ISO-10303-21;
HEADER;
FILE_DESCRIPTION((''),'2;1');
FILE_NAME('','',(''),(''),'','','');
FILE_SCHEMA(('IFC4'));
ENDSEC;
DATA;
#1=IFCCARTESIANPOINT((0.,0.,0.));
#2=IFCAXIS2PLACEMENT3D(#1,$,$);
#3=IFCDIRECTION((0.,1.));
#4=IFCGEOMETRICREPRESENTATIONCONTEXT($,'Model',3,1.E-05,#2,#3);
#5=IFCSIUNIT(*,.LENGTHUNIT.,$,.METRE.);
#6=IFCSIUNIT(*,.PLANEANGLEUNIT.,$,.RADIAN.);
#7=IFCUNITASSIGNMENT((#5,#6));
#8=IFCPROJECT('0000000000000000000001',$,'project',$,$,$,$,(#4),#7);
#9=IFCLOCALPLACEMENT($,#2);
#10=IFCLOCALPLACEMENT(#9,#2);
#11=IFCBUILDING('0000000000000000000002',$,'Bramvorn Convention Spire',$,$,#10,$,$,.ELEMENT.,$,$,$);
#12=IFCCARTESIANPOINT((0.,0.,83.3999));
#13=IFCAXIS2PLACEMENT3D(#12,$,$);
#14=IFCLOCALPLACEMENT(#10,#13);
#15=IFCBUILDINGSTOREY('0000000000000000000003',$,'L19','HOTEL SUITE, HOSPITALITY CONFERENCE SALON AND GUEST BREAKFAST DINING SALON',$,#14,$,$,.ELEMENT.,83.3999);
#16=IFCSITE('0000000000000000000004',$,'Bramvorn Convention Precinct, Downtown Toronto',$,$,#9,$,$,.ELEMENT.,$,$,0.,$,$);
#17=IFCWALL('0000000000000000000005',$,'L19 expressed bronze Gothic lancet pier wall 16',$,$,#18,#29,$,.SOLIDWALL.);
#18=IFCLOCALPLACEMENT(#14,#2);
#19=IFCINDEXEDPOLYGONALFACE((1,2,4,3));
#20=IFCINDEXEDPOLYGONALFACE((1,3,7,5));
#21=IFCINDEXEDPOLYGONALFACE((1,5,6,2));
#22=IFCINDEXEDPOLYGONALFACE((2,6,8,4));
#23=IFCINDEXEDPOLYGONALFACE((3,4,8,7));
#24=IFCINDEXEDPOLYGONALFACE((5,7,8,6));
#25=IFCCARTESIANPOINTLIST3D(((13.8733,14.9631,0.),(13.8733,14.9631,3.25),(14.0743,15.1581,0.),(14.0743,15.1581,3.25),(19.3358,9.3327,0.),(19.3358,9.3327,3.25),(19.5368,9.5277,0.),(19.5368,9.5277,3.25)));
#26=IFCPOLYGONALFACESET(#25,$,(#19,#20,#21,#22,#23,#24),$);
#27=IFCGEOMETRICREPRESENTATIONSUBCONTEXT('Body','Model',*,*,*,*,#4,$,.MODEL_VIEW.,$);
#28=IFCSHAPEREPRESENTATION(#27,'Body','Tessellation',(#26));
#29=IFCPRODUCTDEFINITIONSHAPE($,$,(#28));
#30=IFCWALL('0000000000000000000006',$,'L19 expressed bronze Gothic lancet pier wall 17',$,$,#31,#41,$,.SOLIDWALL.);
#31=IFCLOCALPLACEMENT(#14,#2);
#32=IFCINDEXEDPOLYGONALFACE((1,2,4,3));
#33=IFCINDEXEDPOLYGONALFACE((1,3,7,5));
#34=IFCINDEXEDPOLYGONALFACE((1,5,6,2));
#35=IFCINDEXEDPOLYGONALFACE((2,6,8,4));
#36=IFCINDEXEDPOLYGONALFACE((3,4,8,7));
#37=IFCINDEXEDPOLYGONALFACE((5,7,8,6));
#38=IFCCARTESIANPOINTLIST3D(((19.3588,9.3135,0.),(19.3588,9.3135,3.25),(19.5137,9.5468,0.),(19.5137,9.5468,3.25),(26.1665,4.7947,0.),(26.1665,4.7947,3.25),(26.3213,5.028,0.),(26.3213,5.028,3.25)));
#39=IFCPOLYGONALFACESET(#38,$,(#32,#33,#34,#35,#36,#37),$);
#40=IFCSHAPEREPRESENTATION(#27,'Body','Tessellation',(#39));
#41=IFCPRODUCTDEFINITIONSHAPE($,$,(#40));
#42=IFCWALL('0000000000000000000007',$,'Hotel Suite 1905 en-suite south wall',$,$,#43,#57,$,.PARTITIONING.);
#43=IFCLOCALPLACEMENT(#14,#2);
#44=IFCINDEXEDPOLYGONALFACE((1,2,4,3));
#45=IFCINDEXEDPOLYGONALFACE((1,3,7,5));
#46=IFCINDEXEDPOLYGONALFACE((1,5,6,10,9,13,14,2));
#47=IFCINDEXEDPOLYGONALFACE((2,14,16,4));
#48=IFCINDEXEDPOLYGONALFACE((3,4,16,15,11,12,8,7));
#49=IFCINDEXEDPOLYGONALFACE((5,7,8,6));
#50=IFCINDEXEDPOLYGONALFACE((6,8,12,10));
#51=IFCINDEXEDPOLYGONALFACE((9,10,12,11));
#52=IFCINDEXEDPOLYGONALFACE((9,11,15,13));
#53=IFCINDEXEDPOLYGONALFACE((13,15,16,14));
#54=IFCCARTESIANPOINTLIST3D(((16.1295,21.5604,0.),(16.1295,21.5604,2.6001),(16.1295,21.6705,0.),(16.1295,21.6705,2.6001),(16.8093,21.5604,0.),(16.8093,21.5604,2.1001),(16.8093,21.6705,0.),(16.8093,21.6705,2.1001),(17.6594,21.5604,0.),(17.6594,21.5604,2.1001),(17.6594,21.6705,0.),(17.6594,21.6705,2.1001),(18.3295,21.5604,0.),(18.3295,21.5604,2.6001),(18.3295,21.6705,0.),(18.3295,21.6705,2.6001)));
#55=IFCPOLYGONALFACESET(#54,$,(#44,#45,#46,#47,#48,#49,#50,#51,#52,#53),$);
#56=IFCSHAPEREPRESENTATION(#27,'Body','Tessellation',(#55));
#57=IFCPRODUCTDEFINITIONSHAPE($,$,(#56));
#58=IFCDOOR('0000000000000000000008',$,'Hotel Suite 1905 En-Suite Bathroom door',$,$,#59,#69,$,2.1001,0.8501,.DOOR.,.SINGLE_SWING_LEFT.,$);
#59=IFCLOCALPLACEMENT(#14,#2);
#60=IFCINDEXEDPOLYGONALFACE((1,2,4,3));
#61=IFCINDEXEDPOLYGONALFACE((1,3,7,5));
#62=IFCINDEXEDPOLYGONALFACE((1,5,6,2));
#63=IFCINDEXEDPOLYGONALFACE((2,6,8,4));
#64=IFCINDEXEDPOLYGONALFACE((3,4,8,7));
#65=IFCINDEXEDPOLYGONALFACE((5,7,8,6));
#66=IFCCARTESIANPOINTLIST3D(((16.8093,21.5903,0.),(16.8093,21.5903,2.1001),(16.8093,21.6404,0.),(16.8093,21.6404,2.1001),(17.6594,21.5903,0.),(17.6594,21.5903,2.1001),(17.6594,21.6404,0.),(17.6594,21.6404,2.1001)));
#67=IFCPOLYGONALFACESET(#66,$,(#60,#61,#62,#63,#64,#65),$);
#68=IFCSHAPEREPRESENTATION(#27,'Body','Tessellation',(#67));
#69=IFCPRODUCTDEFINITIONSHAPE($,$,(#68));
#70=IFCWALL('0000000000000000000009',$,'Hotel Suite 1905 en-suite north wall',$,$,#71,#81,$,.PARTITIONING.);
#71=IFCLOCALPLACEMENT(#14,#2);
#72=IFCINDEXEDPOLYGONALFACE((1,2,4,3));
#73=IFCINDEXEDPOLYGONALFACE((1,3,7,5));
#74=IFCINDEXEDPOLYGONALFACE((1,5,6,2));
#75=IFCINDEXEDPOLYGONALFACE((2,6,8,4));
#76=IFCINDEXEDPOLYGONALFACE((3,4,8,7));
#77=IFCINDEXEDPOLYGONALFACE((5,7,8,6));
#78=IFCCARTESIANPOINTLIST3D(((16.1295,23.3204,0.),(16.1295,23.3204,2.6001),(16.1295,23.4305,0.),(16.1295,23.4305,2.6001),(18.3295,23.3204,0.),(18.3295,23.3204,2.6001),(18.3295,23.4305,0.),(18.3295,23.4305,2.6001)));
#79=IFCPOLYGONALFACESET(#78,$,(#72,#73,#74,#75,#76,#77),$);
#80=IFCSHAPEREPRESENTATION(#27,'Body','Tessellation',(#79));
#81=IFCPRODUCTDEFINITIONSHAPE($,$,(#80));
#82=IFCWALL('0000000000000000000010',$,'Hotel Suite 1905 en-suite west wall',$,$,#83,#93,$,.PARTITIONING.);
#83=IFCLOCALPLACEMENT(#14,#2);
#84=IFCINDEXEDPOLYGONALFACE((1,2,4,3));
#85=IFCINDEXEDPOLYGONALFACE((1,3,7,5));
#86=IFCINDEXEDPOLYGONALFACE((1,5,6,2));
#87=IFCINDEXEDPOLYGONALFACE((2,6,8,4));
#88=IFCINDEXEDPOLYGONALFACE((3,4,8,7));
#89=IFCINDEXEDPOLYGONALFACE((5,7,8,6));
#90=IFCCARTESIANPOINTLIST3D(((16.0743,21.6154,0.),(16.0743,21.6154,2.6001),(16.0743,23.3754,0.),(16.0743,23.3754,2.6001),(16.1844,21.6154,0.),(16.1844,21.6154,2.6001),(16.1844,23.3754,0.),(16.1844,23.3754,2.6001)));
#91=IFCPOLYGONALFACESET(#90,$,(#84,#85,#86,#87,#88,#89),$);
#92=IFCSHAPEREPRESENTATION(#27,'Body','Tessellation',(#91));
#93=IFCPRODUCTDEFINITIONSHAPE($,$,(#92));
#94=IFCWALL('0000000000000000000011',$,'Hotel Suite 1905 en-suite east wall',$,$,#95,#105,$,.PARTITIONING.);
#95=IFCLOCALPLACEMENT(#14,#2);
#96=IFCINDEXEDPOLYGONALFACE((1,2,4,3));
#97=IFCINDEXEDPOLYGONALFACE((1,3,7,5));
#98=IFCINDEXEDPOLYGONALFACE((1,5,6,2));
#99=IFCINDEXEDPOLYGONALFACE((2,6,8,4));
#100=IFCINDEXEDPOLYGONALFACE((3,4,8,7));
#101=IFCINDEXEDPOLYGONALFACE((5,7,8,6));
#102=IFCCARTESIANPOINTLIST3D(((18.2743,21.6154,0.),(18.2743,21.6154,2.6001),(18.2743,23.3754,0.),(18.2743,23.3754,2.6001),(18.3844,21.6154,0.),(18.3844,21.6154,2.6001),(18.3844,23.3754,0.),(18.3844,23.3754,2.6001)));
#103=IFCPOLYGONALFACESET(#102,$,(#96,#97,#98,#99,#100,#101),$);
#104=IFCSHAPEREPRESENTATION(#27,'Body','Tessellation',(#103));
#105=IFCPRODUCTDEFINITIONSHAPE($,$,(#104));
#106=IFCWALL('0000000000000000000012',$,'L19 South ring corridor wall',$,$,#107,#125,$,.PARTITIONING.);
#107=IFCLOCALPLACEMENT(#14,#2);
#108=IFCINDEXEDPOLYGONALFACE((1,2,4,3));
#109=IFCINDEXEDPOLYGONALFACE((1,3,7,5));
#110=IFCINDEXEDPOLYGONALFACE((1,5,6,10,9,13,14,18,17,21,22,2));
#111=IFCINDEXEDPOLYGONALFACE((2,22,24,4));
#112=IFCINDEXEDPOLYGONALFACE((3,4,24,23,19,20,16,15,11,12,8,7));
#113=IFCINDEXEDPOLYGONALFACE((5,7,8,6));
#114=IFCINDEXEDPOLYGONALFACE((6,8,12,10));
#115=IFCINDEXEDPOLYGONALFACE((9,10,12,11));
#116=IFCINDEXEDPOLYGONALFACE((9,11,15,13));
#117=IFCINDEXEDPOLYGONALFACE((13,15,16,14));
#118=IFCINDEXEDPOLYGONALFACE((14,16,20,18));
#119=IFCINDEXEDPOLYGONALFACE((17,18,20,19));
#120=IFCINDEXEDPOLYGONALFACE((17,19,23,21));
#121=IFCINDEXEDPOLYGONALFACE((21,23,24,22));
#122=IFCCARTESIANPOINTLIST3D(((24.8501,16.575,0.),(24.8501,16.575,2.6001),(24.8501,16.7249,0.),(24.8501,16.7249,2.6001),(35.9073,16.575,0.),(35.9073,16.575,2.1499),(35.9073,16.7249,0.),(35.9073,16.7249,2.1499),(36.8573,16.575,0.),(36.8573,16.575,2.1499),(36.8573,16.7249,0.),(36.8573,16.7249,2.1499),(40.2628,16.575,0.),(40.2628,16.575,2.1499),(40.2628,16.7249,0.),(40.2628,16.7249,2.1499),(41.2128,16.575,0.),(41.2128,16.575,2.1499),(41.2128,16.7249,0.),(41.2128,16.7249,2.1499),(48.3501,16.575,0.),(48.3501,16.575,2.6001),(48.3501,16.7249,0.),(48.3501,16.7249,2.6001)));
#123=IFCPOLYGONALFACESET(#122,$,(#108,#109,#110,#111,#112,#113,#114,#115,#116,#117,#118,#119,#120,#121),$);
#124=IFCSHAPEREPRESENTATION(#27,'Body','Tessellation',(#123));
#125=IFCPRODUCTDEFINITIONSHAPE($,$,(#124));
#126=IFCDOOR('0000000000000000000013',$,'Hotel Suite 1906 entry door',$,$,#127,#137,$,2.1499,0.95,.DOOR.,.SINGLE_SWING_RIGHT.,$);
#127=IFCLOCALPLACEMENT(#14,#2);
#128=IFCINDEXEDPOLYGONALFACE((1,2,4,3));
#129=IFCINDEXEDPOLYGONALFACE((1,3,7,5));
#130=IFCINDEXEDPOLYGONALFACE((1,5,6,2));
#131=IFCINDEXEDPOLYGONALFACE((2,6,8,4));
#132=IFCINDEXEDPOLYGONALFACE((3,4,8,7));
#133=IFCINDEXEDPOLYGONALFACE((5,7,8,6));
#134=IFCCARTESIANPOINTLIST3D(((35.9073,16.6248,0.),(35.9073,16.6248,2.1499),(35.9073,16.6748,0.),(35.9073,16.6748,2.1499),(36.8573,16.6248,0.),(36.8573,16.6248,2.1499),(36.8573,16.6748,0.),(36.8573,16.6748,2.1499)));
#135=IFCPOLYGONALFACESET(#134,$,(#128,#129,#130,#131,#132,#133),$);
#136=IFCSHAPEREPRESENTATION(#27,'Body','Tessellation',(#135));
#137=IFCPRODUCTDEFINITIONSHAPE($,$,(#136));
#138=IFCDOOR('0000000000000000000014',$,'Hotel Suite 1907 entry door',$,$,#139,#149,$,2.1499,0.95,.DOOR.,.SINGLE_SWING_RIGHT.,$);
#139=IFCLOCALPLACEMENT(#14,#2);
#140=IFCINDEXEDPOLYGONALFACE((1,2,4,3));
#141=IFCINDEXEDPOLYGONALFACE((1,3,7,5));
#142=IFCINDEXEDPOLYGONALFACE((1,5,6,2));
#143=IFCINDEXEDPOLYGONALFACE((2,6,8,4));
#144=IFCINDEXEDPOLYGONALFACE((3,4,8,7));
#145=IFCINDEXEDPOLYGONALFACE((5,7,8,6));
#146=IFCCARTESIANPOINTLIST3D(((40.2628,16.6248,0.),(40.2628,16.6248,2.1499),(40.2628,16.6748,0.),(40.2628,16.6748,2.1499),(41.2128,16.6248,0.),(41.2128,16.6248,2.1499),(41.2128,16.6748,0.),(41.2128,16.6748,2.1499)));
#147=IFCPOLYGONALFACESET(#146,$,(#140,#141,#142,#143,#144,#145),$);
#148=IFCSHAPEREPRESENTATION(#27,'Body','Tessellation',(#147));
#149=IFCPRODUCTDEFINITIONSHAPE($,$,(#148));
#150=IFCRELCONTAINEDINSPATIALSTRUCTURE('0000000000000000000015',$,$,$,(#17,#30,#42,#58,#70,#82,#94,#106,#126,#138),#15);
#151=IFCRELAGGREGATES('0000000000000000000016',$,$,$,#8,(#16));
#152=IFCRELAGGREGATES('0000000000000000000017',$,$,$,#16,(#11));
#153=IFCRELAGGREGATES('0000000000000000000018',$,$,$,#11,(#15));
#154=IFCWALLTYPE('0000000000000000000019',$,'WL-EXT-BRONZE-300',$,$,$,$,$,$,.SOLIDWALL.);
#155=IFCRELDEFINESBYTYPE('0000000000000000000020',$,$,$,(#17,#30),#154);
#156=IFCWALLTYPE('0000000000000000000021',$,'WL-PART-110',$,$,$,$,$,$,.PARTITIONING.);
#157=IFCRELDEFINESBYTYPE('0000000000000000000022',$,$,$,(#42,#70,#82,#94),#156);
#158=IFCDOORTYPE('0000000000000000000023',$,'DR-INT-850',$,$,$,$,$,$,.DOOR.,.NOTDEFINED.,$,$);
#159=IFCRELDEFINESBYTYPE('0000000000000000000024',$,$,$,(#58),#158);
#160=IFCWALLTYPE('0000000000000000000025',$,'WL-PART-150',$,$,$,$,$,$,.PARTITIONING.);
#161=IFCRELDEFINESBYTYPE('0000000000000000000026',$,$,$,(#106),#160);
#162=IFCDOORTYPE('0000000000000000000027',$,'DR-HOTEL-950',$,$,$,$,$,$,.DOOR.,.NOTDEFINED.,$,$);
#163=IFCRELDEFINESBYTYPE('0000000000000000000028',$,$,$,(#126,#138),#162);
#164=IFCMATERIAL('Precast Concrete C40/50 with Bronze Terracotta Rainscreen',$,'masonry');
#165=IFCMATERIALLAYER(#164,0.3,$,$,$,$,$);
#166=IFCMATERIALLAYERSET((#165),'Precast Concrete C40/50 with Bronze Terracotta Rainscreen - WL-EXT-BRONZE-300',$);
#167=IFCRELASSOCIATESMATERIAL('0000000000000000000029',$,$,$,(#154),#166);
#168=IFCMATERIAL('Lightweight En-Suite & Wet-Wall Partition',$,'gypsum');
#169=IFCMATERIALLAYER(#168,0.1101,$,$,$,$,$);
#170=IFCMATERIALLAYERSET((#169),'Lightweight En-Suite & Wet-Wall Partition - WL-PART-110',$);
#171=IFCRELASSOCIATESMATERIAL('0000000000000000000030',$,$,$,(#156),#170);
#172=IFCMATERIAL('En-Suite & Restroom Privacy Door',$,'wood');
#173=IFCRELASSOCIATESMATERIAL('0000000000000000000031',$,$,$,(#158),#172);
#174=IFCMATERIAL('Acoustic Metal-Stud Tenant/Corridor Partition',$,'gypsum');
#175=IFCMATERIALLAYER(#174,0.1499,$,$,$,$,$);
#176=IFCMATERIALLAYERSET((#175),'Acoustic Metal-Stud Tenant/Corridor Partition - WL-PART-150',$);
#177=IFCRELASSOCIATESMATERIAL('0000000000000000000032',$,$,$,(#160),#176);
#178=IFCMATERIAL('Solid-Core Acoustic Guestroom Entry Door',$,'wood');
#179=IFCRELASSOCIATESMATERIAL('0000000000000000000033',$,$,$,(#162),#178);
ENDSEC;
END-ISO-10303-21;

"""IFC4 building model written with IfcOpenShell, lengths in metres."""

from ifc_helpers import new_model, si_unit, direction, frame, frame_2d, origin, place, context, subcontext, project, spatial, rectangle, extrude, material, layer, layer_set, type_object, element, fill, save


model = new_model("IFC4")

# Units and contexts
model_context = context("Model", 3, precision=1e-05, world=origin(), true_north=direction((0.0, 1.0)))
body_context = subcontext(model_context, "Body", "Model", "MODEL_VIEW")
ifc_project = project(units=[si_unit("LENGTHUNIT", "METRE"), si_unit("PLANEANGLEUNIT", "RADIAN")], contexts=[model_context])

# Site, building, storey
site_placement = place(None, origin())
site = spatial("IfcSite", under=ifc_project, at=site_placement, Name="Bramvorn Convention Precinct, Downtown Toronto", CompositionType="ELEMENT", RefElevation=0.0)
building_placement = place(site_placement, origin())
building = spatial("IfcBuilding", under=site, at=building_placement, Name="Bramvorn Convention Spire", CompositionType="ELEMENT")
storey_placement = place(building_placement, frame((0.0, 0.0, 83.3999)))
storey = spatial("IfcBuildingStorey", under=building, at=storey_placement, Name="L19", Description="HOTEL SUITE, HOSPITALITY CONFERENCE SALON AND GUEST BREAKFAST DINING SALON", CompositionType="ELEMENT", Elevation=83.3999)

# Walls
ifc_material_1 = material(Name="Precast Concrete C40/50 with Bronze Terracotta Rainscreen", Category="masonry")
ifc_layer_1 = layer(ifc_material_1, 0.3)
ifc_layer_set_1 = layer_set([ifc_layer_1], Name="Precast Concrete C40/50 with Bronze Terracotta Rainscreen - WL-EXT-BRONZE-300")
wall_type_1 = type_object("IfcWallType", Name="WL-EXT-BRONZE-300", PredefinedType="SOLIDWALL", material=ifc_layer_set_1)
wall_1_placement = place(storey_placement, frame((19.4363, 9.4302, 0.0), z_axis=(0.0, 0.0, 1.0), x_axis=(-0.69632, 0.717732, 0.0)))
element("IfcWall", 1, at=wall_1_placement, inside=storey, type_object=wall_type_1, Name="L19 expressed bronze Gothic lancet pier wall 16", PredefinedType="SOLIDWALL", context=body_context, shape_type="SweptSolid", body=[
    extrude(rectangle(XDim=7.8447, YDim=0.28, at=frame_2d((3.9224, 0.0))), origin(), (0.0, 0.0, 1.0), 3.25),
])
wall_2_placement = place(storey_placement, frame((26.2439, 4.9114, 0.0), z_axis=(0.0, 0.0, 1.0), x_axis=(-0.833156, 0.553037, 0.0)))
element("IfcWall", 2, at=wall_2_placement, inside=storey, type_object=wall_type_1, Name="L19 expressed bronze Gothic lancet pier wall 17", PredefinedType="SOLIDWALL", context=body_context, shape_type="SweptSolid", body=[
    extrude(rectangle(XDim=8.1709, YDim=0.28, at=frame_2d((4.0854, 0.0))), origin(), (0.0, 0.0, 1.0), 3.25),
])

# Wall, opening, door
ifc_material_2 = material(Name="Lightweight En-Suite & Wet-Wall Partition", Category="gypsum")
ifc_layer_2 = layer(ifc_material_2, 0.1101)
ifc_layer_set_2 = layer_set([ifc_layer_2], Name="Lightweight En-Suite & Wet-Wall Partition - WL-PART-110")
wall_type_2 = type_object("IfcWallType", Name="WL-PART-110", PredefinedType="PARTITIONING", material=ifc_layer_set_2)
wall_3_placement = place(storey_placement, frame((16.1294, 21.6155, 0.0), z_axis=(0.0, 0.0, 1.0), x_axis=(1.0, 0.0, 0.0)))
wall_3 = element("IfcWall", 3, at=wall_3_placement, inside=storey, type_object=wall_type_2, Name="Hotel Suite 1905 en-suite south wall", PredefinedType="PARTITIONING", context=body_context, shape_type="SweptSolid", body=[
    extrude(rectangle(XDim=2.2, YDim=0.1101, at=frame_2d((1.1001, 0.0))), origin(), (0.0, 0.0, 1.0), 2.6001),
])
opening_1_placement = place(wall_3_placement, frame((0.6799, 0.0, 0.0)))
opening_1 = element("IfcOpeningElement", 4, at=opening_1_placement, cuts=wall_3, PredefinedType="OPENING", context=body_context, shape_type="SweptSolid", body=[
    extrude(rectangle(XDim=0.8501, YDim=2.1001, at=frame_2d((0.425, 1.05))), frame((0.0, 0.0649, 0.0), z_axis=(0.0, -1.0, 0.0), x_axis=(1.0, 0.0, 0.0)), (0.0, 0.0, 1.0), 0.1301),
])
ifc_material_3 = material(Name="En-Suite & Restroom Privacy Door", Category="wood")
door_type_1 = type_object("IfcDoorType", Name="DR-INT-850", OperationType="NOTDEFINED", PredefinedType="DOOR", material=ifc_material_3)
door_1_placement = place(opening_1_placement, origin())
door_1 = element("IfcDoor", 5, at=door_1_placement, inside=storey, type_object=door_type_1, Name="Hotel Suite 1905 En-Suite Bathroom door", OperationType="SINGLE_SWING_LEFT", OverallHeight=2.1001, OverallWidth=0.8501, PredefinedType="DOOR", context=body_context, shape_type="SweptSolid", body=[
    extrude(rectangle(XDim=0.8501, YDim=2.1001, at=frame_2d((0.425, 1.05))), frame((0.0, 0.0249, 0.0), z_axis=(0.0, -1.0, 0.0), x_axis=(1.0, 0.0, 0.0)), (0.0, 0.0, 1.0), 0.05),
])
fill(opening_1, door_1)

# Walls
wall_4_placement = place(storey_placement, frame((16.1294, 23.3755, 0.0), z_axis=(0.0, 0.0, 1.0), x_axis=(1.0, 0.0, 0.0)))
element("IfcWall", 6, at=wall_4_placement, inside=storey, type_object=wall_type_2, Name="Hotel Suite 1905 en-suite north wall", PredefinedType="PARTITIONING", context=body_context, shape_type="SweptSolid", body=[
    extrude(rectangle(XDim=2.2, YDim=0.1101, at=frame_2d((1.1001, 0.0))), origin(), (0.0, 0.0, 1.0), 2.6001),
])
for number, where, z_axis, x_axis, name in (
    (7, (16.1294, 21.6155, 0.0), (0.0, 0.0, 1.0), (0.0, 1.0, 0.0), "Hotel Suite 1905 en-suite west wall"),
    (8, (18.3293, 21.6155, 0.0), (0.0, 0.0, 1.0), (0.0, 1.0, 0.0), "Hotel Suite 1905 en-suite east wall"),
):
    element("IfcWall", number, at=place(storey_placement, frame(where, z_axis=z_axis, x_axis=x_axis)), inside=storey, type_object=wall_type_2, Name=name, PredefinedType="PARTITIONING", context=body_context, shape_type="SweptSolid", body=[
        extrude(rectangle(XDim=1.76, YDim=0.1101, at=frame_2d((0.8799, 0.0))), origin(), (0.0, 0.0, 1.0), 2.6001),
    ])

# Wall, openings, doors
ifc_material_4 = material(Name="Acoustic Metal-Stud Tenant/Corridor Partition", Category="gypsum")
ifc_layer_3 = layer(ifc_material_4, 0.1499)
ifc_layer_set_3 = layer_set([ifc_layer_3], Name="Acoustic Metal-Stud Tenant/Corridor Partition - WL-PART-150")
wall_type_3 = type_object("IfcWallType", Name="WL-PART-150", PredefinedType="PARTITIONING", material=ifc_layer_set_3)
wall_5_placement = place(storey_placement, frame((24.8501, 16.6499, 0.0), z_axis=(0.0, 0.0, 1.0), x_axis=(1.0, 0.0, 0.0)))
wall_5 = element("IfcWall", 9, at=wall_5_placement, inside=storey, type_object=wall_type_3, Name="L19 South ring corridor wall", PredefinedType="PARTITIONING", context=body_context, shape_type="SweptSolid", body=[
    extrude(rectangle(XDim=23.5, YDim=0.1499, at=frame_2d((11.75, 0.0))), origin(), (0.0, 0.0, 1.0), 2.6001),
])
opening_2_placement = place(wall_5_placement, frame((11.0571, 0.0, 0.0)))
opening_2 = element("IfcOpeningElement", 10, at=opening_2_placement, cuts=wall_5, PredefinedType="OPENING", context=body_context, shape_type="SweptSolid", body=[
    extrude(rectangle(XDim=0.95, YDim=2.1499, at=frame_2d((0.4751, 1.075))), frame((0.0, 0.085, 0.0), z_axis=(0.0, -1.0, 0.0), x_axis=(1.0, 0.0, 0.0)), (0.0, 0.0, 1.0), 0.1699),
])
opening_3_placement = place(wall_5_placement, frame((15.4126, 0.0, 0.0)))
opening_3 = element("IfcOpeningElement", 11, at=opening_3_placement, cuts=wall_5, PredefinedType="OPENING", context=body_context, shape_type="SweptSolid", body=[
    extrude(rectangle(XDim=0.95, YDim=2.1499, at=frame_2d((0.4751, 1.075))), frame((0.0, 0.085, 0.0), z_axis=(0.0, -1.0, 0.0), x_axis=(1.0, 0.0, 0.0)), (0.0, 0.0, 1.0), 0.1699),
])
ifc_material_5 = material(Name="Solid-Core Acoustic Guestroom Entry Door", Category="wood")
door_type_2 = type_object("IfcDoorType", Name="DR-HOTEL-950", OperationType="NOTDEFINED", PredefinedType="DOOR", material=ifc_material_5)
door_2_placement = place(opening_2_placement, origin())
door_2 = element("IfcDoor", 12, at=door_2_placement, inside=storey, type_object=door_type_2, Name="Hotel Suite 1906 entry door", OperationType="SINGLE_SWING_RIGHT", OverallHeight=2.1499, OverallWidth=0.95, PredefinedType="DOOR", context=body_context, shape_type="SweptSolid", body=[
    extrude(rectangle(XDim=0.95, YDim=2.1499, at=frame_2d((0.4751, 1.075))), frame((0.0, 0.0249, 0.0), z_axis=(0.0, -1.0, 0.0), x_axis=(1.0, 0.0, 0.0)), (0.0, 0.0, 1.0), 0.05),
])
fill(opening_2, door_2)
door_3_placement = place(opening_3_placement, origin())
door_3 = element("IfcDoor", 13, at=door_3_placement, inside=storey, type_object=door_type_2, Name="Hotel Suite 1907 entry door", OperationType="SINGLE_SWING_RIGHT", OverallHeight=2.1499, OverallWidth=0.95, PredefinedType="DOOR", context=body_context, shape_type="SweptSolid", body=[
    extrude(rectangle(XDim=0.95, YDim=2.1499, at=frame_2d((0.4751, 1.075))), frame((0.0, 0.0249, 0.0), z_axis=(0.0, -1.0, 0.0), x_axis=(1.0, 0.0, 0.0)), (0.0, 0.0, 1.0), 0.05),
])
fill(opening_3, door_3)

save(model, "model.ifc")
